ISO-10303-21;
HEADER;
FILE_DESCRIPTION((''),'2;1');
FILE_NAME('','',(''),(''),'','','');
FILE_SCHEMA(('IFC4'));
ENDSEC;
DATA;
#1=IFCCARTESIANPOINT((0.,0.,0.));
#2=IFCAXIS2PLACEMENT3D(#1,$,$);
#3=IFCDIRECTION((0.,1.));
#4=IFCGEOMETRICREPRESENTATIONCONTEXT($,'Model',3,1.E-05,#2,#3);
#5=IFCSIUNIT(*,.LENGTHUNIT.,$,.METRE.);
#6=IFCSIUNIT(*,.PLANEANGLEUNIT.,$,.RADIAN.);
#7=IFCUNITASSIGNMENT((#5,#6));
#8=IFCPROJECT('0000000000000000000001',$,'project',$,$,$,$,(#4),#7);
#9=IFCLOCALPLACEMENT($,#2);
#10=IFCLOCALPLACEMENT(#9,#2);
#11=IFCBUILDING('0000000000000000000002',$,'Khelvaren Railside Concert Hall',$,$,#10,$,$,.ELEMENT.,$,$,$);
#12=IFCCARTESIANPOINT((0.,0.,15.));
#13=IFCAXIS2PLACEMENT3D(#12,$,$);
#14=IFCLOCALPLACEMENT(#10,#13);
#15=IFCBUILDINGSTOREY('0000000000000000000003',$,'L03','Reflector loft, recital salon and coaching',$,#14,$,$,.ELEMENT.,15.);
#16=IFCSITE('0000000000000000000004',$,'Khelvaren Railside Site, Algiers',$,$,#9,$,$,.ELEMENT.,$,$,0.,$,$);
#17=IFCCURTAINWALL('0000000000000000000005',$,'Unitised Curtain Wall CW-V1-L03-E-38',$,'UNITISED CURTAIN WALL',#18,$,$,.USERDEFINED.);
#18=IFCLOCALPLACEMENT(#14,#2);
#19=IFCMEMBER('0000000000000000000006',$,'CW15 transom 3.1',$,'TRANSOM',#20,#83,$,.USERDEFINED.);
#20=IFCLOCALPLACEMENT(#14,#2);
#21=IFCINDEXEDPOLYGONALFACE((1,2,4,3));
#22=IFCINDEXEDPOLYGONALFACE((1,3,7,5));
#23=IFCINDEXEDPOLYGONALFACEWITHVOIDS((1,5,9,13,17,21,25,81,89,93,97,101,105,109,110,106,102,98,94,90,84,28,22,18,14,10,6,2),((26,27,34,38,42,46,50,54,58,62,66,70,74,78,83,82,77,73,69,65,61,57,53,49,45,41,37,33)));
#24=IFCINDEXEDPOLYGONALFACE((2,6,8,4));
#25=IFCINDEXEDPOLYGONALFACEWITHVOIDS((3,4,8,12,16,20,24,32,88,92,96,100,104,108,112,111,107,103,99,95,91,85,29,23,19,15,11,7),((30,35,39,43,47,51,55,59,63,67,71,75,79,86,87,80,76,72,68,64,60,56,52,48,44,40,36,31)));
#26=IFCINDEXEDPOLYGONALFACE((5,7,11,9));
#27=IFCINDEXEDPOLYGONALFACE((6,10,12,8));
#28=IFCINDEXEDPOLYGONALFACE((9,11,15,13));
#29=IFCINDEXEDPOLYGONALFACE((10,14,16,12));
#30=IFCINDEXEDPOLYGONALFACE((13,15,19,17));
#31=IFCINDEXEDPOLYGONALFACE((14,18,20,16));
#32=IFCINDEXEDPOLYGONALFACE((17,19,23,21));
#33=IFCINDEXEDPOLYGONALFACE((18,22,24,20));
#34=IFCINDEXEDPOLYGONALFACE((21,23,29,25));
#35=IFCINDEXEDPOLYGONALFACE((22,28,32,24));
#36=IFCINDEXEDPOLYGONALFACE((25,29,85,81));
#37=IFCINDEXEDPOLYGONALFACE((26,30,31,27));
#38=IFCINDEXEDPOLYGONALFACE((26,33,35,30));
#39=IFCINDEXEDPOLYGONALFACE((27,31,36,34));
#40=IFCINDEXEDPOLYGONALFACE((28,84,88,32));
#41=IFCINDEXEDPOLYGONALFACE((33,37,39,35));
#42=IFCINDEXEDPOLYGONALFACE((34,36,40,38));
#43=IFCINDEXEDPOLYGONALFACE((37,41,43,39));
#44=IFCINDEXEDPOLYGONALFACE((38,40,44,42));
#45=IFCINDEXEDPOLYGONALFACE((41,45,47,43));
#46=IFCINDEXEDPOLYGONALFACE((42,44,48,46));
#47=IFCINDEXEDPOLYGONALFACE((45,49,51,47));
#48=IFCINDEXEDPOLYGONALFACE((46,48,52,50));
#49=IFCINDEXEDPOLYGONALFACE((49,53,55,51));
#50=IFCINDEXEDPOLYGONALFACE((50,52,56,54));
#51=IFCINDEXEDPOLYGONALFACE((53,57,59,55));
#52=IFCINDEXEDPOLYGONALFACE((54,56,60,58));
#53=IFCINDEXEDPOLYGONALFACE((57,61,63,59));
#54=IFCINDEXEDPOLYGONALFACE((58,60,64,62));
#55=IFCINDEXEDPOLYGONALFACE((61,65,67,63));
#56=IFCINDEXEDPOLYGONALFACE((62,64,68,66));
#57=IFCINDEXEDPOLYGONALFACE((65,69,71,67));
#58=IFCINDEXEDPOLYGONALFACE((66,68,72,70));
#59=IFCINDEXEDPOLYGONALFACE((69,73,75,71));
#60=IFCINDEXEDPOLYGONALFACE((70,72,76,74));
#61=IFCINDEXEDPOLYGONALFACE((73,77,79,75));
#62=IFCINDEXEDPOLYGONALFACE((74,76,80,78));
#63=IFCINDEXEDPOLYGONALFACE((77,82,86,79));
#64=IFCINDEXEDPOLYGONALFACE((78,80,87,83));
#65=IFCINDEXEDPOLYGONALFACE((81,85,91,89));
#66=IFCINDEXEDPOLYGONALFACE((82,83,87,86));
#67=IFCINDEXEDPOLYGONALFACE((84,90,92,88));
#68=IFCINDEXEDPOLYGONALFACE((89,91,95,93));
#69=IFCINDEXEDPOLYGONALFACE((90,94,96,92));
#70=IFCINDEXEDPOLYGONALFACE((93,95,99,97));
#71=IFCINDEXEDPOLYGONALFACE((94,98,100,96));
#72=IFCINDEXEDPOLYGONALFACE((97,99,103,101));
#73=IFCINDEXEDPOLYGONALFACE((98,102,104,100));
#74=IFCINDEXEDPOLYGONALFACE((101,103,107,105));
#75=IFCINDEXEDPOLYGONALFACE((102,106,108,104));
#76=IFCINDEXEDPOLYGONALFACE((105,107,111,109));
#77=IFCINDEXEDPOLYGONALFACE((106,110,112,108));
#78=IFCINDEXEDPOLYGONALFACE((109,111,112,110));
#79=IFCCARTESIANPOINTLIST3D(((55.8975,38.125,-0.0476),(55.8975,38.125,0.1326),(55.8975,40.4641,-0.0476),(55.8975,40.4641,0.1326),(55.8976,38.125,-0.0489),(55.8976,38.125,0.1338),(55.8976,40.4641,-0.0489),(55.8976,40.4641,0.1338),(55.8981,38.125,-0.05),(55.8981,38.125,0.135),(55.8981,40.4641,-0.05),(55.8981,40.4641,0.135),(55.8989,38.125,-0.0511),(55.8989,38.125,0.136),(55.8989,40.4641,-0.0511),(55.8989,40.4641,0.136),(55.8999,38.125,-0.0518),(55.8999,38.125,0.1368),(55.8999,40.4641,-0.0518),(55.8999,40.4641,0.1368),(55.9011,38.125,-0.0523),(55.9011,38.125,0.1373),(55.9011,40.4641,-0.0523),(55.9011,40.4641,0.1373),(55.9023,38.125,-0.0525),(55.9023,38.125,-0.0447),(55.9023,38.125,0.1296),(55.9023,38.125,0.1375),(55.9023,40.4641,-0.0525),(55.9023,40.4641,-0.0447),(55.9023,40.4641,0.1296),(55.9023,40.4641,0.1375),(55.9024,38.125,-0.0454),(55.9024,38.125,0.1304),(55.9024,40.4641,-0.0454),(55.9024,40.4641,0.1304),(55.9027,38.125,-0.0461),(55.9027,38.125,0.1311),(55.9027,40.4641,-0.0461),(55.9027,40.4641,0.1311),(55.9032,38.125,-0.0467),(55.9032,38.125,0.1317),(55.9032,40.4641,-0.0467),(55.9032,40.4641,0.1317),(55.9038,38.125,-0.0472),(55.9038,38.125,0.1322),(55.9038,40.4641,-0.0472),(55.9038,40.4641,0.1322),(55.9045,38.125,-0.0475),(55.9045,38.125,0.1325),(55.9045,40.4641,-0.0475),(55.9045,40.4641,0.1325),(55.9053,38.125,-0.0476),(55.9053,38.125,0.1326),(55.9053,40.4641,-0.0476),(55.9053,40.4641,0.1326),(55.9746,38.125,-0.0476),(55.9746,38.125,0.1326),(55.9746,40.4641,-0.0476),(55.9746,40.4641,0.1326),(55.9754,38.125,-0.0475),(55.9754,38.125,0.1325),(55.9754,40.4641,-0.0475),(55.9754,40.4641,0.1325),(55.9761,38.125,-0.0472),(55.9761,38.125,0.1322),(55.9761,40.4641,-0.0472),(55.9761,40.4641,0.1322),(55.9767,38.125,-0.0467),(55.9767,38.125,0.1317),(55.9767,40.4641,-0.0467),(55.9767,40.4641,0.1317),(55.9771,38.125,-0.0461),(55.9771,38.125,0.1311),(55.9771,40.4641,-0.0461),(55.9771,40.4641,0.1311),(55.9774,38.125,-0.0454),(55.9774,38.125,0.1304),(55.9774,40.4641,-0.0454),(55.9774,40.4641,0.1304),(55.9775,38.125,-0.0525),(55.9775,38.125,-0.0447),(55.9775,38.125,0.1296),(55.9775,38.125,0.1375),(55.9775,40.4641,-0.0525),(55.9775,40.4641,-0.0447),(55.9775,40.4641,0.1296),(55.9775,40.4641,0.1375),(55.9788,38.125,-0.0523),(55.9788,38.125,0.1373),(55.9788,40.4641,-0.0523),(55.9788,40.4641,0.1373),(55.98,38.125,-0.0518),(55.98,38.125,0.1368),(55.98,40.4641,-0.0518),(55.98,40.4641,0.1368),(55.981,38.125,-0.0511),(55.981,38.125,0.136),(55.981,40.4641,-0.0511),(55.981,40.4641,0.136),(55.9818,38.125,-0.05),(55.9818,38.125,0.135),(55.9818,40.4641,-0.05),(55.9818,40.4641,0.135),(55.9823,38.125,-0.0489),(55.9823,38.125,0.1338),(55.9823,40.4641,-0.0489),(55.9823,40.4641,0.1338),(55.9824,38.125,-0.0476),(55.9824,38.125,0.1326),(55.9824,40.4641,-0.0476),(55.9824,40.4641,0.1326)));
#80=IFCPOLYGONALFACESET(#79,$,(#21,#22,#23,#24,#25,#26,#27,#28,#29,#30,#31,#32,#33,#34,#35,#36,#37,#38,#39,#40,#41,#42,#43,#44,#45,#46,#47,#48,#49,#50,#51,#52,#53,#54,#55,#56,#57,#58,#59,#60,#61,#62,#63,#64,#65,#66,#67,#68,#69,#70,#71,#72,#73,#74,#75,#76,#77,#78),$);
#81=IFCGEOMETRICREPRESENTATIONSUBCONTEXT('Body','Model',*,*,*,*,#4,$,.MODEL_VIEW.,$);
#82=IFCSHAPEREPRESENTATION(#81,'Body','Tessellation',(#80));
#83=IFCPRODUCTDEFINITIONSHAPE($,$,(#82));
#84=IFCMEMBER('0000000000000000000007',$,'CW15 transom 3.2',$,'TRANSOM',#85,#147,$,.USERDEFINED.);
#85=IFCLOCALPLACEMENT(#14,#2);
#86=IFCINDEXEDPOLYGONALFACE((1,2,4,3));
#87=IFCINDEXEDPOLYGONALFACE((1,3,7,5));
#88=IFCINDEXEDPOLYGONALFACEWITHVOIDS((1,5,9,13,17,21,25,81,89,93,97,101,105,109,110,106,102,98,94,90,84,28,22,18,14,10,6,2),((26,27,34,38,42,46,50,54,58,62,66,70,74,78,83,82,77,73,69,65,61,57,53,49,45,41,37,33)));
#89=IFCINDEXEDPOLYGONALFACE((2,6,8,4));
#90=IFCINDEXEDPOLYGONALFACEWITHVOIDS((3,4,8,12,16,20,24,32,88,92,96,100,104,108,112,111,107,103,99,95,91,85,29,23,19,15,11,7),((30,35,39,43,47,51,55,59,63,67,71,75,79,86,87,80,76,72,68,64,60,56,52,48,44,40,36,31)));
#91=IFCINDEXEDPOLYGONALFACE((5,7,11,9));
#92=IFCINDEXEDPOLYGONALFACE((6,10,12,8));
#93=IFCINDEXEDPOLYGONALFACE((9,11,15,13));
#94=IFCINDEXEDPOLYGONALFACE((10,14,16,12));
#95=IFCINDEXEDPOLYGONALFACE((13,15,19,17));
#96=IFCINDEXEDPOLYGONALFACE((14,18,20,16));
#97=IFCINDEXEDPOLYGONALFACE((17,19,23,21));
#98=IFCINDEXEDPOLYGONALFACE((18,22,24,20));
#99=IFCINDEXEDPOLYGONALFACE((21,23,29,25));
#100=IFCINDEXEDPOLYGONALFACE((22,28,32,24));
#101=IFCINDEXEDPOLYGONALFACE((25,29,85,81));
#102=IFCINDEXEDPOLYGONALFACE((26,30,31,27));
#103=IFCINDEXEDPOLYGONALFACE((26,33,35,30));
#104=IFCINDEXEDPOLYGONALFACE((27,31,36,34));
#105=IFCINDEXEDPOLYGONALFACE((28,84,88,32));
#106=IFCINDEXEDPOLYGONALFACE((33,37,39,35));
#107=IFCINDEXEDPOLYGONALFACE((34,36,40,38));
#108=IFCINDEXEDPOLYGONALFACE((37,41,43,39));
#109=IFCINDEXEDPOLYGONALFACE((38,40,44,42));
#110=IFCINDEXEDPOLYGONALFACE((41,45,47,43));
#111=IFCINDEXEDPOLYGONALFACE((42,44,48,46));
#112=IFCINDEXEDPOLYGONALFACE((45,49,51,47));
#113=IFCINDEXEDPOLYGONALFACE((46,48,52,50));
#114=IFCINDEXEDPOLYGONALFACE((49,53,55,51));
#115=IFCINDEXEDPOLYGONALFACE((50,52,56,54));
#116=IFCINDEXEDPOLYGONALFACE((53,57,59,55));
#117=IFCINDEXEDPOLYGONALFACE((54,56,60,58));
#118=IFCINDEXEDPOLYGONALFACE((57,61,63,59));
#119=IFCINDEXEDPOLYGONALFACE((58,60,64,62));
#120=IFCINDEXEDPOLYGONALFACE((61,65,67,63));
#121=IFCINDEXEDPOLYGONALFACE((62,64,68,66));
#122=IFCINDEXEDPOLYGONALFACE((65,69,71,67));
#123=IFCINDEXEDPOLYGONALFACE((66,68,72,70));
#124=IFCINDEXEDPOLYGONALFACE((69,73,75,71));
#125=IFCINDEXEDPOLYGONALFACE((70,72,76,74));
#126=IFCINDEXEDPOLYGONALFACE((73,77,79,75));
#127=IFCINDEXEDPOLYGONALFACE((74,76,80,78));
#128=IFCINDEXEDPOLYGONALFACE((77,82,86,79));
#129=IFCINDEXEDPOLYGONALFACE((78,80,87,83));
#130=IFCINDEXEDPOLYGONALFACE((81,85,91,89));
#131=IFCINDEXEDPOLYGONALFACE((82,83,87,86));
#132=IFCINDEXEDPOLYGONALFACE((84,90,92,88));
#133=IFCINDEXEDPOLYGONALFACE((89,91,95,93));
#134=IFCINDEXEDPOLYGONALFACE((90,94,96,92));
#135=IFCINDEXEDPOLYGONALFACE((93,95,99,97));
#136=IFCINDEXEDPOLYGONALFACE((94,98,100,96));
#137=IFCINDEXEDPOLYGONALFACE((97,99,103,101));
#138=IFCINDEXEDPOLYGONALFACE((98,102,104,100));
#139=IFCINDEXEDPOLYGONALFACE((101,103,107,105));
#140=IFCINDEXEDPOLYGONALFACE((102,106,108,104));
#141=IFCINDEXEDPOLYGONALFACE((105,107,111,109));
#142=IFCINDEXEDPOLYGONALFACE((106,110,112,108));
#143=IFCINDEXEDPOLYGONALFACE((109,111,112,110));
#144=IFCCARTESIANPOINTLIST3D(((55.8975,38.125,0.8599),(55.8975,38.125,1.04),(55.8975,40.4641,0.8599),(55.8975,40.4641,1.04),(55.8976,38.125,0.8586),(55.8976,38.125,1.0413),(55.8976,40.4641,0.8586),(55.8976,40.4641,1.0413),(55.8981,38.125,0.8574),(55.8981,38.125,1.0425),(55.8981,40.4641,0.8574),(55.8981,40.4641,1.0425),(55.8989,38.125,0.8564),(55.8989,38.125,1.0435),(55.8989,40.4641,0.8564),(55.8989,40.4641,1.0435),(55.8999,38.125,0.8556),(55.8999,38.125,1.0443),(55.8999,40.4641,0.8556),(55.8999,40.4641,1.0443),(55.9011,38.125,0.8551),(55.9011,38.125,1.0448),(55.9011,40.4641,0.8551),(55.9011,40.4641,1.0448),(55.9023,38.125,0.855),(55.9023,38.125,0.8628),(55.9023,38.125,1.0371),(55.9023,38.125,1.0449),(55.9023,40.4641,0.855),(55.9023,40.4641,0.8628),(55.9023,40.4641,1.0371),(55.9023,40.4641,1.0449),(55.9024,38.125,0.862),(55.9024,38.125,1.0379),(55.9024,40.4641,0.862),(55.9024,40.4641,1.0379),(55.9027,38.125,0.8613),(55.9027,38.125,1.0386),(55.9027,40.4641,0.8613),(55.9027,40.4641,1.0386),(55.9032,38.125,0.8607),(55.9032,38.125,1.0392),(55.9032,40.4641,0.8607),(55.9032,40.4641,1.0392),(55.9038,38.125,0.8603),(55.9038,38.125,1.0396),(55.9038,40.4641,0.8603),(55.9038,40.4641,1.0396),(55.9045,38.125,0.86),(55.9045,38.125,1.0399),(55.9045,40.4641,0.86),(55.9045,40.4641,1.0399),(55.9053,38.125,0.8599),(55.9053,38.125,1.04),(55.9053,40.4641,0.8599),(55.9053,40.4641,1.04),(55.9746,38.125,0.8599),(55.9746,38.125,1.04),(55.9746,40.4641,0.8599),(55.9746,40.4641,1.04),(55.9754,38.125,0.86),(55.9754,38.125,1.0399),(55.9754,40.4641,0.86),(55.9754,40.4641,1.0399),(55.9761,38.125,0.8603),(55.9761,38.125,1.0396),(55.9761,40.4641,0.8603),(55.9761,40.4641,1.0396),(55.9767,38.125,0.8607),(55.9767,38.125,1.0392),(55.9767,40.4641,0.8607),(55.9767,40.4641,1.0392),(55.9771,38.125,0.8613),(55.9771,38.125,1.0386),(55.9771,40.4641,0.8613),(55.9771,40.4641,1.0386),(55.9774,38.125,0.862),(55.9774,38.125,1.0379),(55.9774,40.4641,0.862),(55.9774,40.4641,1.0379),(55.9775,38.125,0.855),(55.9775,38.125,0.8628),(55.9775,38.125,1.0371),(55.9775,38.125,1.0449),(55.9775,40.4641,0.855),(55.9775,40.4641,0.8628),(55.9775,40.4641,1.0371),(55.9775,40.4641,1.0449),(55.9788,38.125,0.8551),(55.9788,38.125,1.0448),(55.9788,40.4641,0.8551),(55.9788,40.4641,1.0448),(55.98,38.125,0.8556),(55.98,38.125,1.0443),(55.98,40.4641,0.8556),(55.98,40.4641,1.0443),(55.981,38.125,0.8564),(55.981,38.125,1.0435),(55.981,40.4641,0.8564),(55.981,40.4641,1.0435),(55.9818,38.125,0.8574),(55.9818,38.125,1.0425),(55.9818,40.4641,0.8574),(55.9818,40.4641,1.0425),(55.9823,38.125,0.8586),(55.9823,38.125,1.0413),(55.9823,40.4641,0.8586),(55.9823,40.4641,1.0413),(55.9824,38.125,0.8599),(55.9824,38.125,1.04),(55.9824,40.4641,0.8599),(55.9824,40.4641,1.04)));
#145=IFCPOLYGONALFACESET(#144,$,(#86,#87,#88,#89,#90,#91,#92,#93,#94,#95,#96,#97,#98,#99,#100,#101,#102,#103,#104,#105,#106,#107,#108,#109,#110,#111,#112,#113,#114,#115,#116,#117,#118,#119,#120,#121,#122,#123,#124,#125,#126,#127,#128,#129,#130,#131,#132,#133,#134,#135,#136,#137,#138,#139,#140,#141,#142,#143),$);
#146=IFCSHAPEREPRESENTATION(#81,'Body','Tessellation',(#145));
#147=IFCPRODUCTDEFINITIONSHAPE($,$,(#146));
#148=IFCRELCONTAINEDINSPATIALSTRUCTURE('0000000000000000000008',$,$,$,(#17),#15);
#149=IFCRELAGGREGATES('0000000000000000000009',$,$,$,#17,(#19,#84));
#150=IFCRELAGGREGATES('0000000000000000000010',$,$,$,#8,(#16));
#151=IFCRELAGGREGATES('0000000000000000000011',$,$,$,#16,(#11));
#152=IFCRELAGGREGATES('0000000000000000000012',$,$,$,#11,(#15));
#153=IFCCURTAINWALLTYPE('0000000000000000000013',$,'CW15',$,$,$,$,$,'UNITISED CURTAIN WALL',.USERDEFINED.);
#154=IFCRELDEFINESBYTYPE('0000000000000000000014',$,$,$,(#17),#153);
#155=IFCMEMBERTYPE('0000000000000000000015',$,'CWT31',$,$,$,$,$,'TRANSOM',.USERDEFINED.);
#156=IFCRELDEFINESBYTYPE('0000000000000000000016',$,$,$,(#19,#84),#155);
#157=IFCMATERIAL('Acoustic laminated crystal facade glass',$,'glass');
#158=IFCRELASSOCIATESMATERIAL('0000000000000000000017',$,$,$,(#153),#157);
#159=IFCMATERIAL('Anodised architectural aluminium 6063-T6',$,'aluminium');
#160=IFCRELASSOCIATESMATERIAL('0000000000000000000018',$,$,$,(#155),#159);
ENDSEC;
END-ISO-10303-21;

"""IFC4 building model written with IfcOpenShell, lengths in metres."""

from ifc_helpers import new_model, si_unit, direction, frame, origin, origin_2d, place, context, subcontext, project, spatial, hollow_rectangle, extrude, material, material_profile, profile_set, type_object, element, aggregate, save


model = new_model("IFC4")

# Units and contexts
model_context = context("Model", 3, precision=1e-05, world=origin(), true_north=direction((0.0, 1.0)))
body_context = subcontext(model_context, "Body", "Model", "MODEL_VIEW")
ifc_project = project(units=[si_unit("LENGTHUNIT", "METRE"), si_unit("PLANEANGLEUNIT", "RADIAN")], contexts=[model_context])

# Site, building, storey
site_placement = place(None, origin())
site = spatial("IfcSite", under=ifc_project, at=site_placement, Name="Khelvaren Railside Site, Algiers", CompositionType="ELEMENT", RefElevation=0.0)
building_placement = place(site_placement, origin())
building = spatial("IfcBuilding", under=site, at=building_placement, Name="Khelvaren Railside Concert Hall", CompositionType="ELEMENT")
storey_placement = place(building_placement, frame((0.0, 0.0, 15.0)))
storey = spatial("IfcBuildingStorey", under=building, at=storey_placement, Name="L03", Description="Reflector loft, recital salon and coaching", CompositionType="ELEMENT", Elevation=15.0)

# Curtain wall
ifc_material_1 = material(Name="Acoustic laminated crystal facade glass", Category="glass")
ifc_material_2 = material(Name="Anodised architectural aluminium 6063-T6", Category="aluminium")
curtain_wall_type_1 = type_object("IfcCurtainWallType", Name="CW15", ElementType="UNITISED CURTAIN WALL", PredefinedType="USERDEFINED", material=ifc_material_1)
curtain_wall_1_placement = place(storey_placement, origin())
curtain_wall_1 = element("IfcCurtainWall", 1, at=curtain_wall_1_placement, inside=storey, type_object=curtain_wall_type_1, Name="Unitised Curtain Wall CW-V1-L03-E-38", ObjectType="UNITISED CURTAIN WALL", PredefinedType="USERDEFINED")

# Members
ifc_material_profile_1 = material_profile(ifc_material_2, hollow_rectangle(XDim=0.085, YDim=0.1899, WallThickness=0.0049, InnerFilletRadius=0.0029, OuterFilletRadius=0.0049, at=origin_2d()), Name="CWT 85x190x5")
ifc_profile_set_1 = profile_set([ifc_material_profile_1], Name="Anodised architectural aluminium 6063-T6")
member_type_1 = type_object("IfcMemberType", Name="CWT31", ElementType="TRANSOM", PredefinedType="USERDEFINED", material=ifc_profile_set_1)
member_1_placement = place(storey_placement, frame((55.9399, 40.4641, 0.0425), z_axis=(0.0, -1.0, 0.0), x_axis=(1.0, 0.0, 0.0)))
member_1 = element("IfcMember", 2, at=member_1_placement, type_object=member_type_1, Name="CW15 transom 3.1", ObjectType="TRANSOM", PredefinedType="USERDEFINED", context=body_context, shape_type="SweptSolid", body=[
    extrude(hollow_rectangle(XDim=0.085, YDim=0.1899, WallThickness=0.0049, InnerFilletRadius=0.0029, OuterFilletRadius=0.0049, at=origin_2d()), origin(), (0.0, 0.0, 1.0), 2.3391),
])
member_2_placement = place(storey_placement, frame((55.9399, 40.4641, 0.95), z_axis=(0.0, -1.0, 0.0), x_axis=(1.0, 0.0, 0.0)))
member_2 = element("IfcMember", 3, at=member_2_placement, type_object=member_type_1, Name="CW15 transom 3.2", ObjectType="TRANSOM", PredefinedType="USERDEFINED", context=body_context, shape_type="SweptSolid", body=[
    extrude(hollow_rectangle(XDim=0.085, YDim=0.1899, WallThickness=0.0049, InnerFilletRadius=0.0029, OuterFilletRadius=0.0049, at=origin_2d()), origin(), (0.0, 0.0, 1.0), 2.3391),
])

aggregate(curtain_wall_1, [member_1, member_2])

save(model, "model.ifc")
